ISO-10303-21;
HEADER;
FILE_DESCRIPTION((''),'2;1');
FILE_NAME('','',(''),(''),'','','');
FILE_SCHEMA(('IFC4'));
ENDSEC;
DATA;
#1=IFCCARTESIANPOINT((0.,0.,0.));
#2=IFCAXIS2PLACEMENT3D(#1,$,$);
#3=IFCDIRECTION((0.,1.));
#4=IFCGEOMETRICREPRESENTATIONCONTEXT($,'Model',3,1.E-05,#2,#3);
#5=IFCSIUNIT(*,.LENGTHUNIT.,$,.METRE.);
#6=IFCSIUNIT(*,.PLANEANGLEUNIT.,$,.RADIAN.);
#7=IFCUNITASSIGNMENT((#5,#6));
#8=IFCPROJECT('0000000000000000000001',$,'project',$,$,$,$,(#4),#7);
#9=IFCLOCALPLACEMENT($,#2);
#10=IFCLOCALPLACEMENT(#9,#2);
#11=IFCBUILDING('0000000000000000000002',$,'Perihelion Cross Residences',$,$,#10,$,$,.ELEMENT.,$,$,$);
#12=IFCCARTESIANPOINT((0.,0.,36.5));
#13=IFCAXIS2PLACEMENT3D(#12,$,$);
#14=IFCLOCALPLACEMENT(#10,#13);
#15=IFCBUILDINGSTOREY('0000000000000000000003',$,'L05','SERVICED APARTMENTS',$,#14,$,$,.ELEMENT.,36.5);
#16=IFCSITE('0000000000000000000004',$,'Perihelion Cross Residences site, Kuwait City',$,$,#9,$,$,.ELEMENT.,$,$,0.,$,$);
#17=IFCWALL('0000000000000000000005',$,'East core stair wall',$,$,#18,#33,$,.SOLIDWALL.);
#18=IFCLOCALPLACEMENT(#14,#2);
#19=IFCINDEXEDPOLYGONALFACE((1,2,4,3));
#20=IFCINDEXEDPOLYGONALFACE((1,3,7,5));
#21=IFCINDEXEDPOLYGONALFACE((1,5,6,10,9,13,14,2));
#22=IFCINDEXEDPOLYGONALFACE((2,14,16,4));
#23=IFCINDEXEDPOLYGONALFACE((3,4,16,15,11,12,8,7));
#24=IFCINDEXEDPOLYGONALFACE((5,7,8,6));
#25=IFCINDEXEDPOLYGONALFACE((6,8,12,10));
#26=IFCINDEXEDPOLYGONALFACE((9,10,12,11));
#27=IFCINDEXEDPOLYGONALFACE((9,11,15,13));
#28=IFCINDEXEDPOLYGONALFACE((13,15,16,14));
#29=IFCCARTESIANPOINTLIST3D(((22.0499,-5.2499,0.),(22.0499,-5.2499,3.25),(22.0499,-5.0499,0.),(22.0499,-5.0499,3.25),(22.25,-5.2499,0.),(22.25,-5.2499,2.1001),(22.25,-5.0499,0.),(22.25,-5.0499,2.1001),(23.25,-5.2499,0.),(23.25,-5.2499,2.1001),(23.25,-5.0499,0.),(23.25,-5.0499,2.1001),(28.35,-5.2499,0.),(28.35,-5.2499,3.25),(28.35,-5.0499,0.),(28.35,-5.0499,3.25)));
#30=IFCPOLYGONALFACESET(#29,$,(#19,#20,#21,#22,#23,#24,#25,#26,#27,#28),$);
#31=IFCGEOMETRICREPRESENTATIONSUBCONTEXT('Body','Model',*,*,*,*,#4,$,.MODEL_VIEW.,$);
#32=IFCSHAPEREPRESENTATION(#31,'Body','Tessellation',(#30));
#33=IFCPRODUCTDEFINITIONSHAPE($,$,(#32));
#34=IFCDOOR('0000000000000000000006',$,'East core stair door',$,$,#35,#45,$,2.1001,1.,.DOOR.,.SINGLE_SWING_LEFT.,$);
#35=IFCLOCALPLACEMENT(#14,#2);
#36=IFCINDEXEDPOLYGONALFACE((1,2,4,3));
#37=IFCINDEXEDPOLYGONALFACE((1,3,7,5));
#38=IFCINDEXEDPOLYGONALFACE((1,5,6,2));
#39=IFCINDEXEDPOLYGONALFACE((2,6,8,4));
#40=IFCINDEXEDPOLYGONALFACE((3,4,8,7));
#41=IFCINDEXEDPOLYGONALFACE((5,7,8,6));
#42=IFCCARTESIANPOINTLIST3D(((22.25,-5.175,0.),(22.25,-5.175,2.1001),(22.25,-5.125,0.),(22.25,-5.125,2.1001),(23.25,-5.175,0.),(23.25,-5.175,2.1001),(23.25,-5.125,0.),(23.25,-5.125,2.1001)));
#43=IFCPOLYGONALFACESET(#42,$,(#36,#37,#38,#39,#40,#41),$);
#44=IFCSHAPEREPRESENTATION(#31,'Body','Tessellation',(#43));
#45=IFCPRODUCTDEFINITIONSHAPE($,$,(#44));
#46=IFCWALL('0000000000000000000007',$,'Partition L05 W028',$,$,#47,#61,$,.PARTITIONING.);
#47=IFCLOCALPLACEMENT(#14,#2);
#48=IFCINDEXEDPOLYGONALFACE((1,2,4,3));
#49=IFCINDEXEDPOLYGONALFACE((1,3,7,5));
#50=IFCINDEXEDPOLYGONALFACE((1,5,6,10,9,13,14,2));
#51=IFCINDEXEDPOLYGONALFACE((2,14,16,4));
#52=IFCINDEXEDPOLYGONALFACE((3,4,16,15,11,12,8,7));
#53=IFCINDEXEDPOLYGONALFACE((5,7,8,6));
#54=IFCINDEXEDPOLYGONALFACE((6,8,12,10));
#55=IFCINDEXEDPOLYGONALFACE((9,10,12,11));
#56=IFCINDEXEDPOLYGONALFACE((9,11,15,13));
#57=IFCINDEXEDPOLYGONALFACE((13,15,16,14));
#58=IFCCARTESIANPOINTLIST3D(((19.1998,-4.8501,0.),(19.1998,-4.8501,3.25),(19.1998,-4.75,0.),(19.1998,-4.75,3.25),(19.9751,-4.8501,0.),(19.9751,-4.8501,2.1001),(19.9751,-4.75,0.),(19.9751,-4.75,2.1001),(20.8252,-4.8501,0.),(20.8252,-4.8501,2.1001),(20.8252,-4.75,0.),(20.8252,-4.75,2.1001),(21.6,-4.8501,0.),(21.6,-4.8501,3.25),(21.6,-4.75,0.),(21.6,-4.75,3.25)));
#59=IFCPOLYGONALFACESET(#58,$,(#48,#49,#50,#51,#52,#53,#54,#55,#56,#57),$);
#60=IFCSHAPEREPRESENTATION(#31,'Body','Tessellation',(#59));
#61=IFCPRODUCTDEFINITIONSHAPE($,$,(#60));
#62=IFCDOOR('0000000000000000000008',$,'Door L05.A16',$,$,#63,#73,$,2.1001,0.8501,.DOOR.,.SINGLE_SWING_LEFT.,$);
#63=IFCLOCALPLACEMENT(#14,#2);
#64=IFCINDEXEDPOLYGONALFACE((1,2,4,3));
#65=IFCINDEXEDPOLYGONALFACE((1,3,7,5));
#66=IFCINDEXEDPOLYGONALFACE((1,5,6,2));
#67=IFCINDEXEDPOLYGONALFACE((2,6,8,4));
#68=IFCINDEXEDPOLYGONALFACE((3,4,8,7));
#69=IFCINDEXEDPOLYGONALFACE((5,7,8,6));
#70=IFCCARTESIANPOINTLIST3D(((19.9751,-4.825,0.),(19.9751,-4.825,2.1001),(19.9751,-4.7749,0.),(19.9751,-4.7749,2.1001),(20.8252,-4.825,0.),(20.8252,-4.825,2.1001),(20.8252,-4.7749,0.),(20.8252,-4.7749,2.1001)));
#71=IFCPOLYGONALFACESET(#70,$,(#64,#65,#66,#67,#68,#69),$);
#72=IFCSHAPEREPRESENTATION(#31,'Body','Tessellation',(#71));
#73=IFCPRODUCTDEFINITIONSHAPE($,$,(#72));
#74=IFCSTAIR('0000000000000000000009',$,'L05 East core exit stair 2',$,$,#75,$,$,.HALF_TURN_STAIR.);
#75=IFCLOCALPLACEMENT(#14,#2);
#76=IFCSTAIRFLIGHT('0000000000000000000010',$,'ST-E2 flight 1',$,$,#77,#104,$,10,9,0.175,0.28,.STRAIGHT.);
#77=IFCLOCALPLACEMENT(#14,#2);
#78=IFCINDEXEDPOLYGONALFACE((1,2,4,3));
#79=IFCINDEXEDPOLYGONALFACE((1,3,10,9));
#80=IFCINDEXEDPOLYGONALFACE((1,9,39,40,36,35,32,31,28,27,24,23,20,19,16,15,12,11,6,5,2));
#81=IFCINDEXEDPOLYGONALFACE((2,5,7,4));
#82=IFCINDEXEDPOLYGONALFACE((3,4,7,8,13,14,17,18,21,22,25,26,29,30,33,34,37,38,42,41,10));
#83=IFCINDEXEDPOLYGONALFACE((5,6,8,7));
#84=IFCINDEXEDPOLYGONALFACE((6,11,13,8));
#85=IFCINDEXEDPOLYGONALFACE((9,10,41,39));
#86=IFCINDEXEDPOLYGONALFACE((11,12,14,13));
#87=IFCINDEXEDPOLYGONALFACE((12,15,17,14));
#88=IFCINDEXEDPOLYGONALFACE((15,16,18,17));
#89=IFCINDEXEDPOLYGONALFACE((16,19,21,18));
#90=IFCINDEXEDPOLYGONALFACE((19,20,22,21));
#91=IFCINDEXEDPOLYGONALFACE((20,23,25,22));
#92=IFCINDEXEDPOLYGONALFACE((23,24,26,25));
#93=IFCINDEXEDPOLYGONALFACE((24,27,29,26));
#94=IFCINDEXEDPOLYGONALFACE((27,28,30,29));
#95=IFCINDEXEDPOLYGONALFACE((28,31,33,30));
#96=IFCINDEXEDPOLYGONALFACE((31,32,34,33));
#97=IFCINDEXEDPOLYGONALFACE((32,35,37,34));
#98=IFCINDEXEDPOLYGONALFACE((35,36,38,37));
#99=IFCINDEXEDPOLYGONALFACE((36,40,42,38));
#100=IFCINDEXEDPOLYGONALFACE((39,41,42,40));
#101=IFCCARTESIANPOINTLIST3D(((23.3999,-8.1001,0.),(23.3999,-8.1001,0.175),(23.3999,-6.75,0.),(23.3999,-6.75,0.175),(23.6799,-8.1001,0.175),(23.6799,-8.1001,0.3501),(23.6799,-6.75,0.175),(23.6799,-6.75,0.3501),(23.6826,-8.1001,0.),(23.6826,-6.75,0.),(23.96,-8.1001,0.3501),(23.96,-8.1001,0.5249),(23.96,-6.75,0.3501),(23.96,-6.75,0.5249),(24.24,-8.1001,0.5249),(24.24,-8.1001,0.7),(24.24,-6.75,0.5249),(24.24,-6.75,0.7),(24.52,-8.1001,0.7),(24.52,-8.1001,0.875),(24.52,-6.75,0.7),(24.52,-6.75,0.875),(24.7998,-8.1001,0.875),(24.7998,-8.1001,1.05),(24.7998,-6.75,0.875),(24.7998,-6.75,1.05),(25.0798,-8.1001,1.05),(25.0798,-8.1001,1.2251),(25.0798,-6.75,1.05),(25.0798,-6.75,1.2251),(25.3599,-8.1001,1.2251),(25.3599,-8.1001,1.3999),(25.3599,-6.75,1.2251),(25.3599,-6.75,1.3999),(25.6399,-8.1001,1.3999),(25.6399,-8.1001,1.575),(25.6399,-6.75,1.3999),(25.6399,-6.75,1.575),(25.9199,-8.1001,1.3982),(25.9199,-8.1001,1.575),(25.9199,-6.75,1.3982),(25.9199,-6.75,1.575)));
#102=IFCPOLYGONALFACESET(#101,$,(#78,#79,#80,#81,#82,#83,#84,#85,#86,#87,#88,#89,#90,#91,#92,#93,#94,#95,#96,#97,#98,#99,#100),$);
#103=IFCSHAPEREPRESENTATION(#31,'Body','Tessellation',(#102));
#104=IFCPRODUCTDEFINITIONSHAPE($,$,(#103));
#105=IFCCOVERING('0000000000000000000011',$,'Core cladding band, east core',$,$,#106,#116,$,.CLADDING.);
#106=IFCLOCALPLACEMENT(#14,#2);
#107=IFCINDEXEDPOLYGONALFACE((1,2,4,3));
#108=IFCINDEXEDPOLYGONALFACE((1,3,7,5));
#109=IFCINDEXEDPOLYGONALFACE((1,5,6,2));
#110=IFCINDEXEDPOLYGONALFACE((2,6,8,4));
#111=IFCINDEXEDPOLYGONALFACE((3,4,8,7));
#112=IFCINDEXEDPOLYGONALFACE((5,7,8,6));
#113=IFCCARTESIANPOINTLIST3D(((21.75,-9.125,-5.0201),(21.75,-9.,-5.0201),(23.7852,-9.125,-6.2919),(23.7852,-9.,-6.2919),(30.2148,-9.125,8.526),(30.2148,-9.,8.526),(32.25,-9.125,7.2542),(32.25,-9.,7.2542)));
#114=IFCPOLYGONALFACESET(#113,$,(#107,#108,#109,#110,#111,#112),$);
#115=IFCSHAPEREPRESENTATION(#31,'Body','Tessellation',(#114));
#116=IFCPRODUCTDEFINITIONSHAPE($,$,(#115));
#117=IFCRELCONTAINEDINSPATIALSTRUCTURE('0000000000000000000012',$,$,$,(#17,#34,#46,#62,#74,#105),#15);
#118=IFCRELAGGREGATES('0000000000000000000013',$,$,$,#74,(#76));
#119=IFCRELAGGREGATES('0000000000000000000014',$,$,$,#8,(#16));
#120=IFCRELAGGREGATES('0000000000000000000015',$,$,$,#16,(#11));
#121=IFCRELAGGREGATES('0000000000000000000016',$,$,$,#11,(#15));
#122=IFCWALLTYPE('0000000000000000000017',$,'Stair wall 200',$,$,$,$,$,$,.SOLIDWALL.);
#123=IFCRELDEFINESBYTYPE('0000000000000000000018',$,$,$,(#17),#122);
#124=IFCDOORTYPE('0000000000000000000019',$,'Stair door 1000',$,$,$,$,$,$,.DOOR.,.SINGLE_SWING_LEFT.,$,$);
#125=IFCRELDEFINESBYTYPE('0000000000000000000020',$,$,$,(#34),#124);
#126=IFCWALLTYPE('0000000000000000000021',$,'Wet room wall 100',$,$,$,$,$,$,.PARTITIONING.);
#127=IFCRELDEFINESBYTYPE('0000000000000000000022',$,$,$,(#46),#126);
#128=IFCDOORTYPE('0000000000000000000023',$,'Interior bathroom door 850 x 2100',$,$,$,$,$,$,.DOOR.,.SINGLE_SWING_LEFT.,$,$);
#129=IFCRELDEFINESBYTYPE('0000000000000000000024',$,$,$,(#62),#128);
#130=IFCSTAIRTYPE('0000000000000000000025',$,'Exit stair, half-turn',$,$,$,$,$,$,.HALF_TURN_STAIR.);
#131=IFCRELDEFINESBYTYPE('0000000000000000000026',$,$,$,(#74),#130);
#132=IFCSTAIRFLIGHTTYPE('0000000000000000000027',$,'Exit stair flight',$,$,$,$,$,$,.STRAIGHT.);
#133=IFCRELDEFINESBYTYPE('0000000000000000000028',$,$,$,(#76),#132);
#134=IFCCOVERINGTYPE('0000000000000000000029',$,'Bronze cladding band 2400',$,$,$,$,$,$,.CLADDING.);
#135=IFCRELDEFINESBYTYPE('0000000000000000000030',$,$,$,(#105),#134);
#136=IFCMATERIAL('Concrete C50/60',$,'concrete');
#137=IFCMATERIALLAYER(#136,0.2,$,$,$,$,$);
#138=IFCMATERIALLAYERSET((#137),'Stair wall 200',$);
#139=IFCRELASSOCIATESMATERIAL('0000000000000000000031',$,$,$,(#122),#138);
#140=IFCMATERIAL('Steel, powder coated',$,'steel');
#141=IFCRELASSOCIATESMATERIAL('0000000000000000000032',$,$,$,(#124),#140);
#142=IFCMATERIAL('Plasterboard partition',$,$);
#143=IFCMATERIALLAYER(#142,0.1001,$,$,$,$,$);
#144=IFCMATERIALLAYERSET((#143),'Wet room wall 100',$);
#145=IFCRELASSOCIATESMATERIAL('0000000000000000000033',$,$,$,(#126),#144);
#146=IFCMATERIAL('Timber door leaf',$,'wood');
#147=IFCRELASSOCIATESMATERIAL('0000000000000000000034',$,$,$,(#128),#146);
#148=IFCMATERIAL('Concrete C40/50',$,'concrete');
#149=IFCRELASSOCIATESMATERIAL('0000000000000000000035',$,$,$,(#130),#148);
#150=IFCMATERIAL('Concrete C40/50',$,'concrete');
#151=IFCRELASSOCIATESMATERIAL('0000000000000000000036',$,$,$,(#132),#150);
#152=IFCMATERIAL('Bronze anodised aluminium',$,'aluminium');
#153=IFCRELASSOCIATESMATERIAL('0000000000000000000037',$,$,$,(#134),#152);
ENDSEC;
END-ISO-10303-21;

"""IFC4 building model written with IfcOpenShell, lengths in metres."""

from ifc_helpers import new_model, si_unit, direction, frame, frame_2d, origin, origin_2d, place, context, subcontext, project, spatial, polyline, rectangle, outline, extrude, material, layer, layer_set, material_profile, profile_set, type_object, element, fill, aggregate, save


model = new_model("IFC4")

# Units and contexts
model_context = context("Model", 3, precision=1e-05, world=origin(), true_north=direction((0.0, 1.0)))
body_context = subcontext(model_context, "Body", "Model", "MODEL_VIEW")
ifc_project = project(units=[si_unit("LENGTHUNIT", "METRE"), si_unit("PLANEANGLEUNIT", "RADIAN")], contexts=[model_context])

# Site, building, storey
site_placement = place(None, origin())
site = spatial("IfcSite", under=ifc_project, at=site_placement, Name="Perihelion Cross Residences site, Kuwait City", CompositionType="ELEMENT", RefElevation=0.0)
building_placement = place(site_placement, origin())
building = spatial("IfcBuilding", under=site, at=building_placement, Name="Perihelion Cross Residences", CompositionType="ELEMENT")
storey_placement = place(building_placement, frame((0.0, 0.0, 36.5)))
storey = spatial("IfcBuildingStorey", under=building, at=storey_placement, Name="L05", Description="SERVICED APARTMENTS", CompositionType="ELEMENT", Elevation=36.5)

# Walls, openings, doors
ifc_material_1 = material(Name="Concrete C50/60", Category="concrete")
ifc_layer_1 = layer(ifc_material_1, 0.2)
ifc_layer_set_1 = layer_set([ifc_layer_1], Name="Stair wall 200")
wall_type_1 = type_object("IfcWallType", Name="Stair wall 200", PredefinedType="SOLIDWALL", material=ifc_layer_set_1)
wall_1_placement = place(storey_placement, frame((22.05, -5.1499, 0.0), z_axis=(0.0, 0.0, 1.0), x_axis=(1.0, 0.0, 0.0)))
wall_1 = element("IfcWall", 1, at=wall_1_placement, inside=storey, type_object=wall_type_1, Name="East core stair wall", PredefinedType="SOLIDWALL", context=body_context, shape_type="SweptSolid", body=[
    extrude(rectangle(XDim=6.3, YDim=0.2, at=frame_2d((3.1499, 0.0))), origin(), (0.0, 0.0, 1.0), 3.25),
])
opening_1_placement = place(wall_1_placement, frame((0.2, 0.0, 0.0)))
opening_1 = element("IfcOpeningElement", 2, at=opening_1_placement, cuts=wall_1, PredefinedType="OPENING", context=body_context, shape_type="SweptSolid", body=[
    extrude(rectangle(XDim=1.0, YDim=2.1001, at=frame_2d((0.5, 1.05))), frame((0.0, 0.1099, 0.0), z_axis=(0.0, -1.0, 0.0), x_axis=(1.0, 0.0, 0.0)), (0.0, 0.0, 1.0), 0.22),
])
ifc_material_2 = material(Name="Steel, powder coated", Category="steel")
door_type_1 = type_object("IfcDoorType", Name="Stair door 1000", OperationType="SINGLE_SWING_LEFT", PredefinedType="DOOR", material=ifc_material_2)
door_1_placement = place(opening_1_placement, origin())
door_1 = element("IfcDoor", 3, at=door_1_placement, inside=storey, type_object=door_type_1, Name="East core stair door", OperationType="SINGLE_SWING_LEFT", OverallHeight=2.1001, OverallWidth=1.0, PredefinedType="DOOR", context=body_context, shape_type="SweptSolid", body=[
    extrude(rectangle(XDim=1.0, YDim=2.1001, at=frame_2d((0.5, 1.05))), frame((0.0, 0.0249, 0.0), z_axis=(0.0, -1.0, 0.0), x_axis=(1.0, 0.0, 0.0)), (0.0, 0.0, 1.0), 0.05),
])
fill(opening_1, door_1)
ifc_material_3 = material(Name="Plasterboard partition")
ifc_layer_2 = layer(ifc_material_3, 0.1001)
ifc_layer_set_2 = layer_set([ifc_layer_2], Name="Wet room wall 100")
wall_type_2 = type_object("IfcWallType", Name="Wet room wall 100", PredefinedType="PARTITIONING", material=ifc_layer_set_2)
wall_2_placement = place(storey_placement, frame((21.6001, -4.8, 0.0), z_axis=(0.0, 0.0, 1.0), x_axis=(-1.0, 0.0, 0.0)))
wall_2 = element("IfcWall", 4, at=wall_2_placement, inside=storey, type_object=wall_type_2, Name="Partition L05 W028", PredefinedType="PARTITIONING", context=body_context, shape_type="SweptSolid", body=[
    extrude(rectangle(XDim=2.4001, YDim=0.1001, at=frame_2d((1.2002, 0.0))), origin(), (0.0, 0.0, 1.0), 3.25),
])
opening_2_placement = place(wall_2_placement, frame((0.7749, 0.0, 0.0)))
opening_2 = element("IfcOpeningElement", 5, at=opening_2_placement, cuts=wall_2, PredefinedType="OPENING", context=body_context, shape_type="SweptSolid", body=[
    extrude(rectangle(XDim=0.8501, YDim=2.1001, at=frame_2d((0.425, 1.05))), frame((0.0, 0.0601, 0.0), z_axis=(0.0, -1.0, 0.0), x_axis=(1.0, 0.0, 0.0)), (0.0, 0.0, 1.0), 0.1201),
])
ifc_material_4 = material(Name="Timber door leaf", Category="wood")
door_type_2 = type_object("IfcDoorType", Name="Interior bathroom door 850 x 2100", OperationType="SINGLE_SWING_LEFT", PredefinedType="DOOR", material=ifc_material_4)
door_2_placement = place(opening_2_placement, origin())
door_2 = element("IfcDoor", 6, at=door_2_placement, inside=storey, type_object=door_type_2, Name="Door L05.A16", OperationType="SINGLE_SWING_LEFT", OverallHeight=2.1001, OverallWidth=0.8501, PredefinedType="DOOR", context=body_context, shape_type="SweptSolid", body=[
    extrude(rectangle(XDim=0.8501, YDim=2.1001, at=frame_2d((0.425, 1.05))), frame((0.0, 0.0249, 0.0), z_axis=(0.0, -1.0, 0.0), x_axis=(1.0, 0.0, 0.0)), (0.0, 0.0, 1.0), 0.05),
])
fill(opening_2, door_2)

# Stair, stair flight
ifc_material_5 = material(Name="Concrete C40/50", Category="concrete")
stair_type = type_object("IfcStairType", Name="Exit stair, half-turn", PredefinedType="HALF_TURN_STAIR", material=ifc_material_5)
stair_placement = place(storey_placement, origin())
stair = element("IfcStair", 7, at=stair_placement, inside=storey, type_object=stair_type, Name="L05 East core exit stair 2", PredefinedType="HALF_TURN_STAIR")
ifc_material_6 = material(Name="Concrete C40/50", Category="concrete")
stair_flight_type = type_object("IfcStairFlightType", Name="Exit stair flight", PredefinedType="STRAIGHT", material=ifc_material_6)
stair_flight_placement = place(storey_placement, frame((23.3999, -7.425, 0.0), z_axis=(0.0, 0.0, 1.0), x_axis=(1.0, 0.0, 0.0)))
stair_flight = element("IfcStairFlight", 8, at=stair_flight_placement, type_object=stair_flight_type, Name="ST-E2 flight 1", NumberOfRisers=10, NumberOfTreads=9, PredefinedType="STRAIGHT", RiserHeight=0.175, TreadLength=0.28, context=body_context, shape_type="SweptSolid", body=[
    extrude(outline(polyline([(0.0, 0.0), (0.0, 0.175), (0.28, 0.175), (0.28, 0.3501), (0.5601, 0.3501), (0.5601, 0.5249), (0.8401, 0.5249), (0.8401, 0.7), (1.1201, 0.7), (1.1201, 0.875), (1.3999, 0.875), (1.3999, 1.05), (1.6799, 1.05), (1.6799, 1.2251), (1.96, 1.2251), (1.96, 1.3999), (2.24, 1.3999), (2.24, 1.575), (2.52, 1.575), (2.52, 1.75), (2.52, 1.3982), (0.2827, 0.0), (0.0, 0.0)])), frame((0.0, 0.675, 0.0), z_axis=(0.0, -1.0, 0.0), x_axis=(1.0, 0.0, 0.0)), (0.0, 0.0, 1.0), 1.3501),
])
aggregate(stair, [stair_flight])

# Covering
ifc_material_7 = material(Name="Bronze anodised aluminium", Category="aluminium")
ifc_material_profile_1 = material_profile(ifc_material_7, rectangle(XDim=0.125, YDim=2.3999, at=origin_2d()), Name="Bronze cladding band 2400")
ifc_profile_set_1 = profile_set([ifc_material_profile_1], Name="Bronze anodised aluminium")
covering_type = type_object("IfcCoveringType", Name="Bronze cladding band 2400", PredefinedType="CLADDING", material=ifc_profile_set_1)
covering_placement = place(storey_placement, frame((22.7676, -9.0625, -5.656), z_axis=(0.529932, 0.0, 0.84804), x_axis=(0.0, 1.0, 0.0)))
element("IfcCovering", 9, at=covering_placement, inside=storey, type_object=covering_type, Name="Core cladding band, east core", PredefinedType="CLADDING", context=body_context, shape_type="SweptSolid", body=[
    extrude(rectangle(XDim=0.125, YDim=2.3999, at=origin_2d()), origin(), (0.0, 0.0, 1.0), 15.9734),
])

save(model, "model.ifc")
